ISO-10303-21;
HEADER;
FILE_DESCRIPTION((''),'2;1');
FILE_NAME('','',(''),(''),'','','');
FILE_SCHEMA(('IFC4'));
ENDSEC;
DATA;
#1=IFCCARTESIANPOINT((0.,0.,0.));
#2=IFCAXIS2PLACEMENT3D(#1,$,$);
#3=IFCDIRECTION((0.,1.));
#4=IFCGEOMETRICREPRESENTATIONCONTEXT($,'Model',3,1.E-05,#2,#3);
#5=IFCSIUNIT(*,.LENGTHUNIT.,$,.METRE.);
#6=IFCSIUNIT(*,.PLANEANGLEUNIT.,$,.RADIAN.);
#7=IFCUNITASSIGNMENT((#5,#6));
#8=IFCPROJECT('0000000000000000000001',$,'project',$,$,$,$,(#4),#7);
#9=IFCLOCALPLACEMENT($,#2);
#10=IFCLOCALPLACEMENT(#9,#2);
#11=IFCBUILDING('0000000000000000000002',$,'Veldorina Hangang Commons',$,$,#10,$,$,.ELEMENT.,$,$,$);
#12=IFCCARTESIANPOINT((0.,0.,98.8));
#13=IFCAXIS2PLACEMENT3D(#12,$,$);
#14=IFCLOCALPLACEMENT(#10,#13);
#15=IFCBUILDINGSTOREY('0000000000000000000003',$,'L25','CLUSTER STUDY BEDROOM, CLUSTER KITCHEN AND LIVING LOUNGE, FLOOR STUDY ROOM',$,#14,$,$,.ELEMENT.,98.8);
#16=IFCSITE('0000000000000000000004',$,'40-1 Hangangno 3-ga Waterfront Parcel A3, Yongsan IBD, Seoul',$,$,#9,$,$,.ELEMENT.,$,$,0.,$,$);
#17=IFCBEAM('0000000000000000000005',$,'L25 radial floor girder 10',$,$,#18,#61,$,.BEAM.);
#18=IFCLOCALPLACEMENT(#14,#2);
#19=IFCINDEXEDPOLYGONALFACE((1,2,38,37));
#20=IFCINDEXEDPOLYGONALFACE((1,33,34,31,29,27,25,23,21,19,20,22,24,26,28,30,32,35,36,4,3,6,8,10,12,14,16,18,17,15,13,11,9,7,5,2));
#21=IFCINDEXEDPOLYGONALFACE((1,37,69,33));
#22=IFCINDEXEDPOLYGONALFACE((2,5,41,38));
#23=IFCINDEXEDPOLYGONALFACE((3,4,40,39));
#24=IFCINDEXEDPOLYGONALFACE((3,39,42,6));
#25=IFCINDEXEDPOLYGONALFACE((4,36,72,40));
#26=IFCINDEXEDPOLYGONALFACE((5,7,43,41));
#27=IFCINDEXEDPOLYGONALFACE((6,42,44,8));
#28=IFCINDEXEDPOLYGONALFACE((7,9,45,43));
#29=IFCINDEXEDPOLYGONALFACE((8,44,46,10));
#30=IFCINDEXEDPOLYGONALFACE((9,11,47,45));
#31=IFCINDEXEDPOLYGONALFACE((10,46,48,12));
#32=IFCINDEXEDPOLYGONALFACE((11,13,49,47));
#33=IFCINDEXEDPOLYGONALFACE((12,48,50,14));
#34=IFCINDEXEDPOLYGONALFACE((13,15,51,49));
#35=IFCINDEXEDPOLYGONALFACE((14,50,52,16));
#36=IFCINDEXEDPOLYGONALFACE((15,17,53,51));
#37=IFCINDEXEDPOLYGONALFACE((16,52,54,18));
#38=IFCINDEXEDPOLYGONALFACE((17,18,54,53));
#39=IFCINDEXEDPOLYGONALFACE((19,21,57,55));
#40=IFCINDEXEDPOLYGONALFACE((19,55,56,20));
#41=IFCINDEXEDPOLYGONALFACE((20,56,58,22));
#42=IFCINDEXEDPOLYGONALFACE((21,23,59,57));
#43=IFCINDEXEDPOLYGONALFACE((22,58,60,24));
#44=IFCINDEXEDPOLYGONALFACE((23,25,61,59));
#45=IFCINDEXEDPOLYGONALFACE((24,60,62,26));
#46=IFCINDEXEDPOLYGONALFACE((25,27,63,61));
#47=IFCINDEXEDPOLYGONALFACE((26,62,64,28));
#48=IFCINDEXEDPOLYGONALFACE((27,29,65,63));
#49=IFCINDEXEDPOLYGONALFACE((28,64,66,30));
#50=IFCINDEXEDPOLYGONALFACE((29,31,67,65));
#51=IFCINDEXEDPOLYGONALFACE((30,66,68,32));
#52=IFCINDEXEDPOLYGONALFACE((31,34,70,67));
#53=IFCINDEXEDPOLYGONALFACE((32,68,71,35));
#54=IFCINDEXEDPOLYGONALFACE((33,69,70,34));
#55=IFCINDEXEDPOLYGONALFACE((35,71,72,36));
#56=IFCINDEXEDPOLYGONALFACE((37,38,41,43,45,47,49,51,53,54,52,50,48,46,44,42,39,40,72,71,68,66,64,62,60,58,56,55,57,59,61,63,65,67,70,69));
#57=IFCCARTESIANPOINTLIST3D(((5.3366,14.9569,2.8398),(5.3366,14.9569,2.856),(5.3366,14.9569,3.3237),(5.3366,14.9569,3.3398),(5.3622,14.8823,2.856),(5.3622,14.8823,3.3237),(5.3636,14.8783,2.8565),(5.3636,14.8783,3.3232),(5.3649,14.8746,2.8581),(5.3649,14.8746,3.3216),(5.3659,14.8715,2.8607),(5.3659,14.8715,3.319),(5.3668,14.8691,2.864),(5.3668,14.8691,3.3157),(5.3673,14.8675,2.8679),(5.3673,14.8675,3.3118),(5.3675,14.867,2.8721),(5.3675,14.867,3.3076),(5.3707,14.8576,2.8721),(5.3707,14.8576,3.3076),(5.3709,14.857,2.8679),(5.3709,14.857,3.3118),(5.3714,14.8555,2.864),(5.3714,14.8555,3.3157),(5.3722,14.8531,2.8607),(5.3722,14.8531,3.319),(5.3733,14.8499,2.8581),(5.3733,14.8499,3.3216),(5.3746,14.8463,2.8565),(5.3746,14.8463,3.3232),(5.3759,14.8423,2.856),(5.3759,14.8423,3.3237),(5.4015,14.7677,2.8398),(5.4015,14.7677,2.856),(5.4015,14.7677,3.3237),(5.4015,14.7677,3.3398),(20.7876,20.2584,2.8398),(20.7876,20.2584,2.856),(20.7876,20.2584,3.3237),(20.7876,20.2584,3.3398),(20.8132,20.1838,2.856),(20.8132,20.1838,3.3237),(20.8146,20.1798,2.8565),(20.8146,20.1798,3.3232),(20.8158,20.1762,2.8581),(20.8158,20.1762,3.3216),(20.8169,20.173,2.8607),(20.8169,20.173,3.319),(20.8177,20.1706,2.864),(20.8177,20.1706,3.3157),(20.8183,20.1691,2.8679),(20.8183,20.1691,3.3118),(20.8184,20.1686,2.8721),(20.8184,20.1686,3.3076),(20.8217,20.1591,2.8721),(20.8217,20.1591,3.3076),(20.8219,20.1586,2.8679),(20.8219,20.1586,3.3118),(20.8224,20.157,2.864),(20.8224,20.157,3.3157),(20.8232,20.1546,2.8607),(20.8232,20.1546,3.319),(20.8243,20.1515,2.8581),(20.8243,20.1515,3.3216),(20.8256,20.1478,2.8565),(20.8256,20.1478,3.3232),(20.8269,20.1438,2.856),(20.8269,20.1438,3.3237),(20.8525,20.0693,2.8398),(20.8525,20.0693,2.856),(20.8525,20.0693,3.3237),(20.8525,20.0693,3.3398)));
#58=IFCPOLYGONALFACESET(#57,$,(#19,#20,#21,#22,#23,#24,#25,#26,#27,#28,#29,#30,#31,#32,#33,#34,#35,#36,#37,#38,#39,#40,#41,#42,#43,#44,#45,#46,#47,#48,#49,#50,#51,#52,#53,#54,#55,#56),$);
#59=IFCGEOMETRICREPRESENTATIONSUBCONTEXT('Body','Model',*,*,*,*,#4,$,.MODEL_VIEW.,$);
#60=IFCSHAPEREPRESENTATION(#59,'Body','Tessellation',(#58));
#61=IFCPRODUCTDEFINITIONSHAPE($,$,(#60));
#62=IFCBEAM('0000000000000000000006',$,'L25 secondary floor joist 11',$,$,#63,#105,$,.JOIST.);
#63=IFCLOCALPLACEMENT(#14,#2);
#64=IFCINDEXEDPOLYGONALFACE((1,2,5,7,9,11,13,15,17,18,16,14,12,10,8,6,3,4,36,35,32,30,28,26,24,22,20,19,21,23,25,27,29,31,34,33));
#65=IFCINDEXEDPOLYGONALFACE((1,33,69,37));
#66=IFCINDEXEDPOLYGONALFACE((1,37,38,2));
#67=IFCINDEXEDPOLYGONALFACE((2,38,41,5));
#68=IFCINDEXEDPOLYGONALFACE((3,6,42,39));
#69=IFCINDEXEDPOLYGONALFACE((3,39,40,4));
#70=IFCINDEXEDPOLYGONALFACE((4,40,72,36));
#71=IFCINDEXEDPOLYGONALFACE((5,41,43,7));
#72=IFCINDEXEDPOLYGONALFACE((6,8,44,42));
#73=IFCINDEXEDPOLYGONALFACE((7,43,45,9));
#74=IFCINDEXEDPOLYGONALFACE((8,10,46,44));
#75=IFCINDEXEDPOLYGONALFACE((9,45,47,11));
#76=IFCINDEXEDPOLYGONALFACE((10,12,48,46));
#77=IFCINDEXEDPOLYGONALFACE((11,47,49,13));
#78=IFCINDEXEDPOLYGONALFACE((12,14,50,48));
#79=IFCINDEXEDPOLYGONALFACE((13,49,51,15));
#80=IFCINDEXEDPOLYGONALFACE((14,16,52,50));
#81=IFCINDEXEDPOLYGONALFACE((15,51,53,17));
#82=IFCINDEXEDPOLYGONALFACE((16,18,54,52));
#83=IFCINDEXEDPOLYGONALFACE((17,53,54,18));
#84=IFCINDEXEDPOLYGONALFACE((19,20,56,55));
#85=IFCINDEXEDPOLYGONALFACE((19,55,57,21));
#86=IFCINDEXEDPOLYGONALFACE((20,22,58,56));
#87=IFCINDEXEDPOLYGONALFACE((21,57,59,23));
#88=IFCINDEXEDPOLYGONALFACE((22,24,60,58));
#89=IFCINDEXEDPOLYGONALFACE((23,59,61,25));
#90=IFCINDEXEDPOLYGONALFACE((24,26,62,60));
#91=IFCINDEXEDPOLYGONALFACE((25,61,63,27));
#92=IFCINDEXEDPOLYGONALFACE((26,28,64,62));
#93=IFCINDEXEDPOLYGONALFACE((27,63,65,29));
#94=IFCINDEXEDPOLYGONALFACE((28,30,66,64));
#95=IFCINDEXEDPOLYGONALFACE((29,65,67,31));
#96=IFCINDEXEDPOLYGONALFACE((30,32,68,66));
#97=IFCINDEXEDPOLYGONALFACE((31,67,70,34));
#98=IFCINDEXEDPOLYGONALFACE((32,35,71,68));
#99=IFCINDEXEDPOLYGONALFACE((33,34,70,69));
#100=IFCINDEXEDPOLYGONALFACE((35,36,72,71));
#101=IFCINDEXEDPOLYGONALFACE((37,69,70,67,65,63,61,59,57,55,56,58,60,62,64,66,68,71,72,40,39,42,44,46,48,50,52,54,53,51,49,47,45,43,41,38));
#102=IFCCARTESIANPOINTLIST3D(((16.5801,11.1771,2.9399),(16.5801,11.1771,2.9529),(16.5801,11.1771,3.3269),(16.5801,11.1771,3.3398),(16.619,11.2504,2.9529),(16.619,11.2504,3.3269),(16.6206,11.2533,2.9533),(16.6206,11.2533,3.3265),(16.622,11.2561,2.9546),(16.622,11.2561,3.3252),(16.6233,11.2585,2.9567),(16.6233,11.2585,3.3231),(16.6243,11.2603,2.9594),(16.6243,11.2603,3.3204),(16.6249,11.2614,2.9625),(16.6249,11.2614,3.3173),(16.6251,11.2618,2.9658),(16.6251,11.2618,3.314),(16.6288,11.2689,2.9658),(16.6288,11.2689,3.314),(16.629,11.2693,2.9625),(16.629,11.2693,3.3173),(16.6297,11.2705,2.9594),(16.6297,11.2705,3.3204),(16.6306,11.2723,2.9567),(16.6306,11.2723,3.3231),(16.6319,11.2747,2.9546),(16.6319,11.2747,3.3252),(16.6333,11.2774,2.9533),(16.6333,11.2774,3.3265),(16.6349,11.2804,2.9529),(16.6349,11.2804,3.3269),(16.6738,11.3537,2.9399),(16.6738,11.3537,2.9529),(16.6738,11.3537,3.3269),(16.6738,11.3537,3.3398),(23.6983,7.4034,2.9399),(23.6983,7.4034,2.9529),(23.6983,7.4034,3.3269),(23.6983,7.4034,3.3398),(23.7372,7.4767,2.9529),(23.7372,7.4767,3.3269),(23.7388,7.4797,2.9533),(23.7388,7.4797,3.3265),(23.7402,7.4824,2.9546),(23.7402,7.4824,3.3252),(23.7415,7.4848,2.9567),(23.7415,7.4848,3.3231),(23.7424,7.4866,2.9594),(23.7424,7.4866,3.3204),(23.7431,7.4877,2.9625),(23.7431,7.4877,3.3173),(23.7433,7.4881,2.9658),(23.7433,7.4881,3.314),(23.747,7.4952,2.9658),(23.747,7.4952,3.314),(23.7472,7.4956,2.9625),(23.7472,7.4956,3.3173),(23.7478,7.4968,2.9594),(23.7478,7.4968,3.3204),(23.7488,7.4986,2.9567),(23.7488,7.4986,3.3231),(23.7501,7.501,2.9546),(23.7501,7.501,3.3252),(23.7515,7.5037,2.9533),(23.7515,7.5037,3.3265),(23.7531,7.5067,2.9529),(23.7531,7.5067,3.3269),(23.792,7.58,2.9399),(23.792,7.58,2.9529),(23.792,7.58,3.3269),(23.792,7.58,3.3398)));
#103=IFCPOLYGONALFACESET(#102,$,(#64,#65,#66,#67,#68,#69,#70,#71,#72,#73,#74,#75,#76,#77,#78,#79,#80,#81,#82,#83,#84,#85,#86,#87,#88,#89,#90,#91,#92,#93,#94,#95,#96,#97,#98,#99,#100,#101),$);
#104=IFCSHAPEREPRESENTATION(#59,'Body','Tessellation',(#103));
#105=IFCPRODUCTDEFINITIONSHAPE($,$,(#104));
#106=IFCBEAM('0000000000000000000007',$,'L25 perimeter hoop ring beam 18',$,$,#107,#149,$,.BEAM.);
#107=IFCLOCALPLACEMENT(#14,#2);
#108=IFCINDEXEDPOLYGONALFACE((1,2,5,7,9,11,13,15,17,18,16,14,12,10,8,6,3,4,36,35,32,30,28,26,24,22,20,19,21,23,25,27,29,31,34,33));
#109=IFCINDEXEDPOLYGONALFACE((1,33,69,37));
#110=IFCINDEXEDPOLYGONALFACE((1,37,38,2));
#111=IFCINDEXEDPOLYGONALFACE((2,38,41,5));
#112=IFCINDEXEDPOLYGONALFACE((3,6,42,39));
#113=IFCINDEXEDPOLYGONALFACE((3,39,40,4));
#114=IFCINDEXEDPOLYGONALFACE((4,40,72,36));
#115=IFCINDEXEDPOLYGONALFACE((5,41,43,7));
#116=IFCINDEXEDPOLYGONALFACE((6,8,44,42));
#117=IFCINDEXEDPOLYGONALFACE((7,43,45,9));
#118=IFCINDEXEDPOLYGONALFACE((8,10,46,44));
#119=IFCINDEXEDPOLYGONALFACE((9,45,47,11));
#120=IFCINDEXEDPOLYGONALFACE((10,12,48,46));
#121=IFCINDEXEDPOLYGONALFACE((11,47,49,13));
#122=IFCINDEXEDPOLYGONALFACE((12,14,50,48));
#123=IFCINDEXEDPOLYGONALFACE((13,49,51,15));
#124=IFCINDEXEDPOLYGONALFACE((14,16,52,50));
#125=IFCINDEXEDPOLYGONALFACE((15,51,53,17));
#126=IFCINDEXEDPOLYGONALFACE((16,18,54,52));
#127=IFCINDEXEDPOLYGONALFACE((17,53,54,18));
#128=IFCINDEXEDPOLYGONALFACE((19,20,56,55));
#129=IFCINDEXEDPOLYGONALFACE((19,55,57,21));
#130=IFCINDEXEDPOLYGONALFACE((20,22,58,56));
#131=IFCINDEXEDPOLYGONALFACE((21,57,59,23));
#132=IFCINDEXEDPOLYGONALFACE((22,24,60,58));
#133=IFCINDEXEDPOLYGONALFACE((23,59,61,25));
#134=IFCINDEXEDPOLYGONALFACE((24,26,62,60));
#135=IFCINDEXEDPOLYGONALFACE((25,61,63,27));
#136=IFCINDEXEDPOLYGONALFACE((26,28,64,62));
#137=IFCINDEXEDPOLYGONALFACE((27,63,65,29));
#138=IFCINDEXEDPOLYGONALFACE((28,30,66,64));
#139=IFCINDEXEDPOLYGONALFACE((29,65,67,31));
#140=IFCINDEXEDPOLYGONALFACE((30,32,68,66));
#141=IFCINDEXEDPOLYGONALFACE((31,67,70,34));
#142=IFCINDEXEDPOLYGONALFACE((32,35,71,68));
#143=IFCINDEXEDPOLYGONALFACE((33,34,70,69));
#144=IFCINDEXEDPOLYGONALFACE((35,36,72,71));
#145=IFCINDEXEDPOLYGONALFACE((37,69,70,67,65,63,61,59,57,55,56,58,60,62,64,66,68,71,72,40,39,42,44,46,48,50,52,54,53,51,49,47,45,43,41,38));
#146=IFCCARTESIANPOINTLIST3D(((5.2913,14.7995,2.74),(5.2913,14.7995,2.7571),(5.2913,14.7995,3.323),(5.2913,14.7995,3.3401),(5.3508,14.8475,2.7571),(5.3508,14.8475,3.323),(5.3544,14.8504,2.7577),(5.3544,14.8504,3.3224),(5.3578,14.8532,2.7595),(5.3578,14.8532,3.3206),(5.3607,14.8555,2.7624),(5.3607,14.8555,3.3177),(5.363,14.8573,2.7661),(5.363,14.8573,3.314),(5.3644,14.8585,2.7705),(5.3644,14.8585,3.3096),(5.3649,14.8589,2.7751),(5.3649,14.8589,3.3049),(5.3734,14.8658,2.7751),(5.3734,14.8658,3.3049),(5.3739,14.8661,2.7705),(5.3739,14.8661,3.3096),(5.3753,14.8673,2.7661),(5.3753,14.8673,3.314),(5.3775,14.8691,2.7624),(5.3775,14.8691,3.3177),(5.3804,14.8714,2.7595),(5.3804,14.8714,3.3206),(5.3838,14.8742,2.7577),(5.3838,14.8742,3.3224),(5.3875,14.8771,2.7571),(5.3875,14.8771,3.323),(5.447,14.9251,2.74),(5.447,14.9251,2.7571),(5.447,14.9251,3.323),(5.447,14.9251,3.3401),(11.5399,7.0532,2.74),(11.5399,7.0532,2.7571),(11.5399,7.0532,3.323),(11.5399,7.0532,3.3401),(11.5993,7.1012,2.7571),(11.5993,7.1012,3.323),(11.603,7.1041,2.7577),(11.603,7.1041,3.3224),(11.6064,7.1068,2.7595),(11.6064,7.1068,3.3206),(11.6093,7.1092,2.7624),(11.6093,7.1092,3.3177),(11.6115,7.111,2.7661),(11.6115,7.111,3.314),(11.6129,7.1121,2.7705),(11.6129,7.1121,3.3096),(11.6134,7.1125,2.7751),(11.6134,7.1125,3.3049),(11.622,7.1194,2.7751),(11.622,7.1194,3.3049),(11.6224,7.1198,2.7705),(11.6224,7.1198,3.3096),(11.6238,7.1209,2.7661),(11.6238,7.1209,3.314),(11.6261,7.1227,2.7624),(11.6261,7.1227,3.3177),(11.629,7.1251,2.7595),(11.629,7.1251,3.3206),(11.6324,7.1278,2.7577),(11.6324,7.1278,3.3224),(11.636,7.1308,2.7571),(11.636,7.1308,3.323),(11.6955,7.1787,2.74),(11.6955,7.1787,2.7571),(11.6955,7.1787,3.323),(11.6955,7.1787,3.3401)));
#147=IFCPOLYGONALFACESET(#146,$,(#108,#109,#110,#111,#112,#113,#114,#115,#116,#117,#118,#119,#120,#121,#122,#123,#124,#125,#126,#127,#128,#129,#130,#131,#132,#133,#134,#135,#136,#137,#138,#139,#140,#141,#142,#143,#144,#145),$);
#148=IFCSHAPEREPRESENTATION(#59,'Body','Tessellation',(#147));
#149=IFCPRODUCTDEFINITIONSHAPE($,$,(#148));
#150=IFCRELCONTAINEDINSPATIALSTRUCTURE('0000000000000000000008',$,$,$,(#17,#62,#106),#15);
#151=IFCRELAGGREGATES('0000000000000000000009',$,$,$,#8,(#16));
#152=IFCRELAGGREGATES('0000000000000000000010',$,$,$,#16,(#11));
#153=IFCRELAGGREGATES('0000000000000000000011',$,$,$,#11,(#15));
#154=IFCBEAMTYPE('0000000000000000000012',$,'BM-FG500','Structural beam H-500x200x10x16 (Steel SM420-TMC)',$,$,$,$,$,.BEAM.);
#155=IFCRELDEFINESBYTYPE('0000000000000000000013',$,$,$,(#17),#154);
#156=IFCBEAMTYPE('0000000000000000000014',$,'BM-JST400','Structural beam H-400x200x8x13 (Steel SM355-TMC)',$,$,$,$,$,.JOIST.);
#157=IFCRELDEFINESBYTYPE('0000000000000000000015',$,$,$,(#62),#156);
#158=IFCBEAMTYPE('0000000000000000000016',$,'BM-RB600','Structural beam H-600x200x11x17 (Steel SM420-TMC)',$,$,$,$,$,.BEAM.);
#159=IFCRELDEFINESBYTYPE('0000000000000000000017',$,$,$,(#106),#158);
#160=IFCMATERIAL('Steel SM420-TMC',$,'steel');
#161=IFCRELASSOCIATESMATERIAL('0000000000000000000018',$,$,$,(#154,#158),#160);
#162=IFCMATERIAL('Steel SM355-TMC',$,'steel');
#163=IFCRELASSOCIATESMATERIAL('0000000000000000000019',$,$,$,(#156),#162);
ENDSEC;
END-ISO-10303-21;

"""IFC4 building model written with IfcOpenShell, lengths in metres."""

from ifc_helpers import new_model, si_unit, direction, frame, origin, origin_2d, place, context, subcontext, project, spatial, i_section, extrude, material, material_profile, profile_set, type_object, element, save


model = new_model("IFC4")

# Units and contexts
model_context = context("Model", 3, precision=1e-05, world=origin(), true_north=direction((0.0, 1.0)))
body_context = subcontext(model_context, "Body", "Model", "MODEL_VIEW")
ifc_project = project(units=[si_unit("LENGTHUNIT", "METRE"), si_unit("PLANEANGLEUNIT", "RADIAN")], contexts=[model_context])

# Site, building, storey
site_placement = place(None, origin())
site = spatial("IfcSite", under=ifc_project, at=site_placement, Name="40-1 Hangangno 3-ga Waterfront Parcel A3, Yongsan IBD, Seoul", CompositionType="ELEMENT", RefElevation=0.0)
building_placement = place(site_placement, origin())
building = spatial("IfcBuilding", under=site, at=building_placement, Name="Veldorina Hangang Commons", CompositionType="ELEMENT")
storey_placement = place(building_placement, frame((0.0, 0.0, 98.8)))
storey = spatial("IfcBuildingStorey", under=building, at=storey_placement, Name="L25", Description="CLUSTER STUDY BEDROOM, CLUSTER KITCHEN AND LIVING LOUNGE, FLOOR STUDY ROOM", CompositionType="ELEMENT", Elevation=98.8)

# Beams
ifc_material_1 = material(Name="Steel SM420-TMC", Category="steel")
ifc_material_profile_1 = material_profile(ifc_material_1, i_section(OverallWidth=0.2, OverallDepth=0.5, WebThickness=0.01, FlangeThickness=0.0161, FilletRadius=0.0161, at=origin_2d()), Name="H-500x200x10x16")
ifc_profile_set_1 = profile_set([ifc_material_profile_1], Name="Steel SM420-TMC")
beam_type_1 = type_object("IfcBeamType", Name="BM-FG500", Description="Structural beam H-500x200x10x16 (Steel SM420-TMC)", PredefinedType="BEAM", material=ifc_profile_set_1)
beam_1_placement = place(storey_placement, frame((20.8201, 20.1638, 3.0898), z_axis=(-0.94587, -0.324546, 0.0), x_axis=(0.324546, -0.94587, 0.0)))
element("IfcBeam", 1, at=beam_1_placement, inside=storey, type_object=beam_type_1, Name="L25 radial floor girder 10", PredefinedType="BEAM", context=body_context, shape_type="SweptSolid", body=[
    extrude(i_section(OverallWidth=0.2, OverallDepth=0.5, WebThickness=0.01, FlangeThickness=0.0161, FilletRadius=0.0161, at=origin_2d()), origin(), (0.0, 0.0, 1.0), 16.3352),
])
ifc_material_2 = material(Name="Steel SM355-TMC", Category="steel")
ifc_material_profile_2 = material_profile(ifc_material_2, i_section(OverallWidth=0.2, OverallDepth=0.3999, WebThickness=0.0081, FlangeThickness=0.0129, FilletRadius=0.0129, at=origin_2d()), Name="H-400x200x8x13")
ifc_profile_set_2 = profile_set([ifc_material_profile_2], Name="Steel SM355-TMC")
beam_type_2 = type_object("IfcBeamType", Name="BM-JST400", Description="Structural beam H-400x200x8x13 (Steel SM355-TMC)", PredefinedType="JOIST", material=ifc_profile_set_2)
beam_2_placement = place(storey_placement, frame((16.627, 11.2654, 3.1399), z_axis=(0.883519, -0.468396, 0.0), x_axis=(0.468396, 0.883519, 0.0)))
element("IfcBeam", 2, at=beam_2_placement, inside=storey, type_object=beam_type_2, Name="L25 secondary floor joist 11", PredefinedType="JOIST", context=body_context, shape_type="SweptSolid", body=[
    extrude(i_section(OverallWidth=0.2, OverallDepth=0.3999, WebThickness=0.0081, FlangeThickness=0.0129, FilletRadius=0.0129, at=origin_2d()), origin(), (0.0, 0.0, 1.0), 8.0566),
])
ifc_material_profile_3 = material_profile(ifc_material_1, i_section(OverallWidth=0.2, OverallDepth=0.6001, WebThickness=0.011, FlangeThickness=0.0171, FilletRadius=0.0181, at=origin_2d()), Name="H-600x200x11x17")
ifc_profile_set_3 = profile_set([ifc_material_profile_3], Name="Steel SM420-TMC")
beam_type_3 = type_object("IfcBeamType", Name="BM-RB600", Description="Structural beam H-600x200x11x17 (Steel SM420-TMC)", PredefinedType="BEAM", material=ifc_profile_set_3)
beam_3_placement = place(storey_placement, frame((5.3691, 14.8623, 3.04), z_axis=(0.627843, -0.77834, 0.0), x_axis=(0.77834, 0.627843, 0.0)))
element("IfcBeam", 3, at=beam_3_placement, inside=storey, type_object=beam_type_3, Name="L25 perimeter hoop ring beam 18", PredefinedType="BEAM", context=body_context, shape_type="SweptSolid", body=[
    extrude(i_section(OverallWidth=0.2, OverallDepth=0.6001, WebThickness=0.011, FlangeThickness=0.0171, FilletRadius=0.0181, at=origin_2d()), origin(), (0.0, 0.0, 1.0), 9.9524),
])

save(model, "model.ifc")
